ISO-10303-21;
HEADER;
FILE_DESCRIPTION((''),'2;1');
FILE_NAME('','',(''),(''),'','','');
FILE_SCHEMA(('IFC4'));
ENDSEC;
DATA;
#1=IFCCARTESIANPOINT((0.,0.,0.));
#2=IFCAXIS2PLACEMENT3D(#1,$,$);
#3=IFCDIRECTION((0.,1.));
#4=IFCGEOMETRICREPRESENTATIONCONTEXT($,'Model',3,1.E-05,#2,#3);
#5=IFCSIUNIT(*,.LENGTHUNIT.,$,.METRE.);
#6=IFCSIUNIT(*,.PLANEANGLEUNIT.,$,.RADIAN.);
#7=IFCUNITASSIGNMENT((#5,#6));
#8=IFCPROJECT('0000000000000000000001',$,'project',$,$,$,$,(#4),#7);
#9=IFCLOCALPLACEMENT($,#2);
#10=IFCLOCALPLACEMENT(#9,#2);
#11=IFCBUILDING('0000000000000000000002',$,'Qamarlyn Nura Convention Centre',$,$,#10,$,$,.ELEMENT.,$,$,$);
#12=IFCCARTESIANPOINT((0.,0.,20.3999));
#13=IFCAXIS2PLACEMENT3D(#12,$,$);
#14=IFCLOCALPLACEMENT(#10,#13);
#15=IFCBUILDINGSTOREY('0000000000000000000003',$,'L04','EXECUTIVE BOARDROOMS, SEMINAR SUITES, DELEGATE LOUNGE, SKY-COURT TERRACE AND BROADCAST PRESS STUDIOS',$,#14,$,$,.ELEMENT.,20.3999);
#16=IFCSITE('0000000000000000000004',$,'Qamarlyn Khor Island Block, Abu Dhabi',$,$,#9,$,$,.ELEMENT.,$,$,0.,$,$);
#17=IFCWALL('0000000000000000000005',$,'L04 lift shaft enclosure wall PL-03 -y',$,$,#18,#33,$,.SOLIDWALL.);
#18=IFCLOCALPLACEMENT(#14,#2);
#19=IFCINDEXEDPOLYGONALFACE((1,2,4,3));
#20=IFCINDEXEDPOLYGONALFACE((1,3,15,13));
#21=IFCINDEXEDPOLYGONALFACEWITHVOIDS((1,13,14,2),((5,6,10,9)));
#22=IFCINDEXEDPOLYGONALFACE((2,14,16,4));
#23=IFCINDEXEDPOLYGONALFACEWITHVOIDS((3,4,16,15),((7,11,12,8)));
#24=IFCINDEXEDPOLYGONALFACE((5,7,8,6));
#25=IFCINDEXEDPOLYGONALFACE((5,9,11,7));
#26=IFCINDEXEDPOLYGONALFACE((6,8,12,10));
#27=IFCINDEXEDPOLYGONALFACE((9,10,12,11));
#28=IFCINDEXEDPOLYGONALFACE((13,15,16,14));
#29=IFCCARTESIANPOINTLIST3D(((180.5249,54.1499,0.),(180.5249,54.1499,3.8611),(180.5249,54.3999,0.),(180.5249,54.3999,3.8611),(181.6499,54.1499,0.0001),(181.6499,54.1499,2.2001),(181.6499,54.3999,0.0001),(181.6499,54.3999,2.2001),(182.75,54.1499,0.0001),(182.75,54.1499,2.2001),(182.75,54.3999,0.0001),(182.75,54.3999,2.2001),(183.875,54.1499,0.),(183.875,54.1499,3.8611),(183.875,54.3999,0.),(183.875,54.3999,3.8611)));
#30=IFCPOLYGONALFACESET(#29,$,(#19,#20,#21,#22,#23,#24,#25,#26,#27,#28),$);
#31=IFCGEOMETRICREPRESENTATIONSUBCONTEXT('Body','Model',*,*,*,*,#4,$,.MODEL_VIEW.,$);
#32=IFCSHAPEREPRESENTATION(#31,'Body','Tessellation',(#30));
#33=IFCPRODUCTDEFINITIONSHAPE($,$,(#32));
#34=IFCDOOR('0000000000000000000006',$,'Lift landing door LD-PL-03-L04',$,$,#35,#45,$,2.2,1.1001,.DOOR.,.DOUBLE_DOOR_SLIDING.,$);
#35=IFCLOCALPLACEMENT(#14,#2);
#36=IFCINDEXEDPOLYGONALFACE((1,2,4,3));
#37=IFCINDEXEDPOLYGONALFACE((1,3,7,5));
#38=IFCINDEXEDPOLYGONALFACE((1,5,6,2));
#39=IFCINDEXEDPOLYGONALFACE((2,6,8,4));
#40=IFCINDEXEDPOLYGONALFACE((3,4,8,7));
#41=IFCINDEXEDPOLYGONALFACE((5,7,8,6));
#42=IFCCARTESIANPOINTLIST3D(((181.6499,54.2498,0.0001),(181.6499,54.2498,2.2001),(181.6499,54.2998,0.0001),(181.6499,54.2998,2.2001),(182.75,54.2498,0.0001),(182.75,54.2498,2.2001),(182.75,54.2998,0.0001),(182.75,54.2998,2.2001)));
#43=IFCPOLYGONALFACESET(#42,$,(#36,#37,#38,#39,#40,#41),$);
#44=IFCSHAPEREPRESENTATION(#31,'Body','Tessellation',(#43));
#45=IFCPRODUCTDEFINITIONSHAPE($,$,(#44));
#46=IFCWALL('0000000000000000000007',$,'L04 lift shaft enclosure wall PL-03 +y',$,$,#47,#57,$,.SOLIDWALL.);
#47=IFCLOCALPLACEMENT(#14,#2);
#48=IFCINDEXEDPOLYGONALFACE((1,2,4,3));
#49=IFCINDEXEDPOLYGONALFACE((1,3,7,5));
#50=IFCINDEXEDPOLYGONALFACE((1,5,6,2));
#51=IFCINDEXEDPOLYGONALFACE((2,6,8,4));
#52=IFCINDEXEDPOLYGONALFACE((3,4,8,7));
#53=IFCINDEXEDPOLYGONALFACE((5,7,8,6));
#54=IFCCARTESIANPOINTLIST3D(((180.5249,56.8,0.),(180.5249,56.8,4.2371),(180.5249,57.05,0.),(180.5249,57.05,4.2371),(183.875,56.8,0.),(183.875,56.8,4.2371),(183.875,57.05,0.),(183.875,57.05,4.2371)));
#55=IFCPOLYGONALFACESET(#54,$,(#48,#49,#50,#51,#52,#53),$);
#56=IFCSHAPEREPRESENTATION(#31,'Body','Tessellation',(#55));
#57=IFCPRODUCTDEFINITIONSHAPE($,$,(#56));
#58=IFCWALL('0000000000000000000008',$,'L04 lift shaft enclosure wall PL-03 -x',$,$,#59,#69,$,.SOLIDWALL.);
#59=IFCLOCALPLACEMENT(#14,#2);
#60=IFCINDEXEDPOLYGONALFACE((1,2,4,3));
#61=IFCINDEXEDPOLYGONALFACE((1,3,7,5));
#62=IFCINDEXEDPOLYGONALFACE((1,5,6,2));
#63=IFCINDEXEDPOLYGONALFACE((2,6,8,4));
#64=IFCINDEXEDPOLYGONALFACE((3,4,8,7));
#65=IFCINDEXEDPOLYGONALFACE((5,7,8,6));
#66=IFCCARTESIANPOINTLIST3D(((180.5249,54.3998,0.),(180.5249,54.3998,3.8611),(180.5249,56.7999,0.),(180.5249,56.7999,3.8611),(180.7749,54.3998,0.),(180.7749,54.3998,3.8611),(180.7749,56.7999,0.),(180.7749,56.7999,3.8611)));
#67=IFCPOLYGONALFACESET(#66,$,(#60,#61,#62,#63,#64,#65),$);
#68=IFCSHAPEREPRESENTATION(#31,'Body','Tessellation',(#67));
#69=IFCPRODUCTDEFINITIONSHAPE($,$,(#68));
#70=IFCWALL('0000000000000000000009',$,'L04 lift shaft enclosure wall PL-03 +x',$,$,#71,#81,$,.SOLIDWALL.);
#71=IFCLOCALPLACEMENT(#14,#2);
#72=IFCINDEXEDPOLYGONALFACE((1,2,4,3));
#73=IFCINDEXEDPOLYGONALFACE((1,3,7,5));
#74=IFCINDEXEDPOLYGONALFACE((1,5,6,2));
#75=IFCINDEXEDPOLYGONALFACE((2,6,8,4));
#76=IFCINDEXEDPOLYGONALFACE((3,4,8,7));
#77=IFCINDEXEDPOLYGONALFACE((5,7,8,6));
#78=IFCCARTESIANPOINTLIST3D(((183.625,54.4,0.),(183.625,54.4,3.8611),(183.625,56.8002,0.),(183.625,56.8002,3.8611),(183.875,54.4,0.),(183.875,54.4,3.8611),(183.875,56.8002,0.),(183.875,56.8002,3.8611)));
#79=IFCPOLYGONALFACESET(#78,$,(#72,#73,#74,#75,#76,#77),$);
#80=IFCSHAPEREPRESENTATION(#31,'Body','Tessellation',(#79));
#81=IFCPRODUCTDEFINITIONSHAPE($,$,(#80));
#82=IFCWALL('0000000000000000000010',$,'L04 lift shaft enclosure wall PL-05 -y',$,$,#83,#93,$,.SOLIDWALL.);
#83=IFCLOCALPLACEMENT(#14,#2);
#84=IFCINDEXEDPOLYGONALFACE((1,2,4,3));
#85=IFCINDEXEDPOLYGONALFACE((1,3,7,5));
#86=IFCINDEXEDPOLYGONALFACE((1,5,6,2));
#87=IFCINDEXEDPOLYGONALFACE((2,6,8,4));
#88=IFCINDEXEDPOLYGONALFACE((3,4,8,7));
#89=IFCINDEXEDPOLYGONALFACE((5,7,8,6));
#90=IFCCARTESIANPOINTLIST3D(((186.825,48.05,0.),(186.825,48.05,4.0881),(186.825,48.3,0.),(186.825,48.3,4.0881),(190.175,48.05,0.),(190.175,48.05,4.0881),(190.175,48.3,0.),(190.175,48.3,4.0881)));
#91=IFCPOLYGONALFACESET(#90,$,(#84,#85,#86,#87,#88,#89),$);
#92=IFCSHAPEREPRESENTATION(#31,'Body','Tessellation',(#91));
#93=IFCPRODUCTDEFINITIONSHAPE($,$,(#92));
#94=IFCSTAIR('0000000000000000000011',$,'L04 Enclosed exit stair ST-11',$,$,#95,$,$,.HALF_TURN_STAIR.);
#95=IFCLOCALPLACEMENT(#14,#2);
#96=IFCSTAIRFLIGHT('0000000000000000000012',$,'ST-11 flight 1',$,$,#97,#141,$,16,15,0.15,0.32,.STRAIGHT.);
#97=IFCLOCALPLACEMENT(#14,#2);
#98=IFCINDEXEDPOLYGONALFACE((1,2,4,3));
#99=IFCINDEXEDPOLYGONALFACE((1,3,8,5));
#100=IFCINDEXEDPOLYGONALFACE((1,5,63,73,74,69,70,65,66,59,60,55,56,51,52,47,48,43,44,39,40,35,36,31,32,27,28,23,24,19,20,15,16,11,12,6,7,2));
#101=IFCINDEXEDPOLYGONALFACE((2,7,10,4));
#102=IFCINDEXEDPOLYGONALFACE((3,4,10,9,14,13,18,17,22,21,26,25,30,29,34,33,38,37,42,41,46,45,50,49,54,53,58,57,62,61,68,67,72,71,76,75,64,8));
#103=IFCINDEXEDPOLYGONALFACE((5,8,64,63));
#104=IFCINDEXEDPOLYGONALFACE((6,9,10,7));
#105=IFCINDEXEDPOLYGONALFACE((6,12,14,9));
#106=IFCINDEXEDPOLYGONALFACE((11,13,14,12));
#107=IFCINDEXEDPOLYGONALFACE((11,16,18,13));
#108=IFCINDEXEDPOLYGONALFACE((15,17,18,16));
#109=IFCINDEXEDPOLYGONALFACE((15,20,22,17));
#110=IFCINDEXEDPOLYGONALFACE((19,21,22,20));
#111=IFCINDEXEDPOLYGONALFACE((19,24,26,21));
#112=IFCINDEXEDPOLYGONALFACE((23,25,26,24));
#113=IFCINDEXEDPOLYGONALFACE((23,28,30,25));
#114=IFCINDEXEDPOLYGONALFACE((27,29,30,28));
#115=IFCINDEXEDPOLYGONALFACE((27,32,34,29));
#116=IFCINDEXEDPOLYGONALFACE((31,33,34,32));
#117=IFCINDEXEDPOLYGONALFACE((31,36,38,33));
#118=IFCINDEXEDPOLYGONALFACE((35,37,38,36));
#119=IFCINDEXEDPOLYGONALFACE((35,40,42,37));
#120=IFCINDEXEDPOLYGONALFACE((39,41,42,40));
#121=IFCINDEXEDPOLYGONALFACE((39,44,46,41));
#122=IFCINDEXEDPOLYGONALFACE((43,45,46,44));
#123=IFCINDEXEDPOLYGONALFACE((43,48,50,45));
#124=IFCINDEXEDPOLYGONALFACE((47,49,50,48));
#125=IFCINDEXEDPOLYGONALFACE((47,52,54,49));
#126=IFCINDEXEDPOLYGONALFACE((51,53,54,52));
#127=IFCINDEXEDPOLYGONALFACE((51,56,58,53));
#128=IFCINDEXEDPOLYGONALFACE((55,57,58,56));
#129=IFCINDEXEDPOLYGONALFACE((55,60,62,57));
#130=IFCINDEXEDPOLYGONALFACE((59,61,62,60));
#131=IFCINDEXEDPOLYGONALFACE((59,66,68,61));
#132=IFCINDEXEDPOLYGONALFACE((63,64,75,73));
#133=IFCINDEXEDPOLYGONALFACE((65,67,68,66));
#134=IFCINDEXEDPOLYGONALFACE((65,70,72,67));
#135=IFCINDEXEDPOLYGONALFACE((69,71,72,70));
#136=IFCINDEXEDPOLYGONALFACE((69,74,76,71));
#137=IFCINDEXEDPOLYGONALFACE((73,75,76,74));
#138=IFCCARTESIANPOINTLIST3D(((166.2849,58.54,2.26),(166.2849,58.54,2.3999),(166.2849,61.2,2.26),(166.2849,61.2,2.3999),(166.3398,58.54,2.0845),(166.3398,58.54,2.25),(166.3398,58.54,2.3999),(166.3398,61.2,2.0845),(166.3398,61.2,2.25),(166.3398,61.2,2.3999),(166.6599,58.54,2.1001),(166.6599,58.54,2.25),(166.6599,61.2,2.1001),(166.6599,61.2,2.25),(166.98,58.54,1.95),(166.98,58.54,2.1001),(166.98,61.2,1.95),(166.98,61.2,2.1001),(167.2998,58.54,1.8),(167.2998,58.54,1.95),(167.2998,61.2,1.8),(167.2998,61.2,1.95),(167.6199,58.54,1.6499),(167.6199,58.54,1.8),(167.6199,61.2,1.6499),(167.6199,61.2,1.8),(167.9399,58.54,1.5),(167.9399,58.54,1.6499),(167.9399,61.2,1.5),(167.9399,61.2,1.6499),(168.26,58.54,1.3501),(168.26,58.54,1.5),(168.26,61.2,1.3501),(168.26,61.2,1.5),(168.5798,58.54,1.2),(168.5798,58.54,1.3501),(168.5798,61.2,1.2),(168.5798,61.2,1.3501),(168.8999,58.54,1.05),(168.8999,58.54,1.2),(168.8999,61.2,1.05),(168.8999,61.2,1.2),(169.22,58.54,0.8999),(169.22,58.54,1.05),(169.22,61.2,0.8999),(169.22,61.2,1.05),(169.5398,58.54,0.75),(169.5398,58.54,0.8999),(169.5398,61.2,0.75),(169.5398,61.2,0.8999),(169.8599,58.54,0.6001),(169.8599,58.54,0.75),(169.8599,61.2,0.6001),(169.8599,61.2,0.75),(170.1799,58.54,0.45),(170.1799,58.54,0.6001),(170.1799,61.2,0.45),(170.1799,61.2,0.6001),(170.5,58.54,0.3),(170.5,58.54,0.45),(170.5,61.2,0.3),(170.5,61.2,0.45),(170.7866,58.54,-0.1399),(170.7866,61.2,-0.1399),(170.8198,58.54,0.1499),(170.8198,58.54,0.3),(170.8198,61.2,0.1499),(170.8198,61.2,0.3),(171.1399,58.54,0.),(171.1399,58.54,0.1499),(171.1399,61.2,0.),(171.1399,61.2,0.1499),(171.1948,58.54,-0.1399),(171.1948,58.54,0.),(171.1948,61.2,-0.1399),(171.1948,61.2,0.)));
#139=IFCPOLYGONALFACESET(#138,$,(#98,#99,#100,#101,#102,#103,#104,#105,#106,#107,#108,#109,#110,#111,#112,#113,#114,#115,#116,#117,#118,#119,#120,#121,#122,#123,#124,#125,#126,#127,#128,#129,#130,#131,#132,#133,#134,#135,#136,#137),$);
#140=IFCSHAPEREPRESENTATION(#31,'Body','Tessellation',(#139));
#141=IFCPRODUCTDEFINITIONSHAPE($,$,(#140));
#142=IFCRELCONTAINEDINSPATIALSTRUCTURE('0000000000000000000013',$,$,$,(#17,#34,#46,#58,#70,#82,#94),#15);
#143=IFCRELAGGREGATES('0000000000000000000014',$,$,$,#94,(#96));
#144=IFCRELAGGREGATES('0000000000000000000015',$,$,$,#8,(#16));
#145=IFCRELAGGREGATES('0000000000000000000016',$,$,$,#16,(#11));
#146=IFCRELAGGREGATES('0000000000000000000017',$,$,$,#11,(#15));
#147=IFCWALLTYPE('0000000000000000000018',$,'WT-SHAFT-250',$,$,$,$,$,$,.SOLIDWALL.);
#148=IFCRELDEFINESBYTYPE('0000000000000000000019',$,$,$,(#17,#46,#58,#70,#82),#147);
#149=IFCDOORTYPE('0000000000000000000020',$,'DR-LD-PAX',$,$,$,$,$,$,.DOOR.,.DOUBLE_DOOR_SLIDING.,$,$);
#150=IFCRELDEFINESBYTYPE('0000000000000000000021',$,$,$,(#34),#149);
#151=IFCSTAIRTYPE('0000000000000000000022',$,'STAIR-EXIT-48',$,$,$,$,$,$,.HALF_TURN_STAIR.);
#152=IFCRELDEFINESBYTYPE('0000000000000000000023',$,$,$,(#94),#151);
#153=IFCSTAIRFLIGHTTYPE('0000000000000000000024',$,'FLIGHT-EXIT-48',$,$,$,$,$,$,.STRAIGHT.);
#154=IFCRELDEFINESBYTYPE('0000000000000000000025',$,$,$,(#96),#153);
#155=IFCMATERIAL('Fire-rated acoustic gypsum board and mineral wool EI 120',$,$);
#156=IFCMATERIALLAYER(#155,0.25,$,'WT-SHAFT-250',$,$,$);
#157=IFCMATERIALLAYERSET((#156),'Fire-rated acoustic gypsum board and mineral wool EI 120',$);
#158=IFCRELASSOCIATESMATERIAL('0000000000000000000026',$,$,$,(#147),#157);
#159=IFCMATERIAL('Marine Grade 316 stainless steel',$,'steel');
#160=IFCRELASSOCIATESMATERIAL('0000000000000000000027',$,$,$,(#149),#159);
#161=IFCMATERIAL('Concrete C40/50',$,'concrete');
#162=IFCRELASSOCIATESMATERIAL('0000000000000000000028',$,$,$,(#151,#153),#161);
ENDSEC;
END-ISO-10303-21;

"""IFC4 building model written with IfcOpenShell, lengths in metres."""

from ifc_helpers import new_model, si_unit, direction, frame, frame_2d, origin, place, context, subcontext, project, spatial, polyline, rectangle, outline, extrude, material, layer, layer_set, type_object, element, fill, aggregate, save


model = new_model("IFC4")

# Units and contexts
model_context = context("Model", 3, precision=1e-05, world=origin(), true_north=direction((0.0, 1.0)))
body_context = subcontext(model_context, "Body", "Model", "MODEL_VIEW")
ifc_project = project(units=[si_unit("LENGTHUNIT", "METRE"), si_unit("PLANEANGLEUNIT", "RADIAN")], contexts=[model_context])

# Site, building, storey
site_placement = place(None, origin())
site = spatial("IfcSite", under=ifc_project, at=site_placement, Name="Qamarlyn Khor Island Block, Abu Dhabi", CompositionType="ELEMENT", RefElevation=0.0)
building_placement = place(site_placement, origin())
building = spatial("IfcBuilding", under=site, at=building_placement, Name="Qamarlyn Nura Convention Centre", CompositionType="ELEMENT")
storey_placement = place(building_placement, frame((0.0, 0.0, 20.3999)))
storey = spatial("IfcBuildingStorey", under=building, at=storey_placement, Name="L04", Description="EXECUTIVE BOARDROOMS, SEMINAR SUITES, DELEGATE LOUNGE, SKY-COURT TERRACE AND BROADCAST PRESS STUDIOS", CompositionType="ELEMENT", Elevation=20.3999)

# Shared definitions
ifc_material_1 = material(Name="Fire-rated acoustic gypsum board and mineral wool EI 120")
ifc_layer_1 = layer(ifc_material_1, 0.25, Name="WT-SHAFT-250")
ifc_layer_set_1 = layer_set([ifc_layer_1], Name="Fire-rated acoustic gypsum board and mineral wool EI 120")
wall_type_1 = type_object("IfcWallType", Name="WT-SHAFT-250", PredefinedType="SOLIDWALL", material=ifc_layer_set_1)
ifc_material_2 = material(Name="Marine Grade 316 stainless steel", Category="steel")
door_type_1 = type_object("IfcDoorType", Name="DR-LD-PAX", OperationType="DOUBLE_DOOR_SLIDING", PredefinedType="DOOR", material=ifc_material_2)

# Wall, opening, door
wall_1_placement = place(storey_placement, frame((180.5249, 54.2749, 0.0), z_axis=(0.0, 0.0, 1.0), x_axis=(1.0, 0.0, 0.0)))
wall_1 = element("IfcWall", 1, at=wall_1_placement, inside=storey, type_object=wall_type_1, Name="L04 lift shaft enclosure wall PL-03 -y", PredefinedType="SOLIDWALL", context=body_context, shape_type="SweptSolid", body=[
    extrude(rectangle(XDim=3.3501, YDim=0.25, at=frame_2d((1.675, 0.0))), origin(), (0.0, 0.0, 1.0), 3.8611),
])
opening_1_placement = place(wall_1_placement, frame((1.125, 0.0, 0.0)))
opening_1 = element("IfcOpeningElement", 2, at=opening_1_placement, cuts=wall_1, PredefinedType="OPENING", context=body_context, shape_type="SweptSolid", body=[
    extrude(rectangle(XDim=1.1001, YDim=2.2, at=frame_2d((0.55, 1.1001))), frame((0.0, 0.135, 0.0), z_axis=(0.0, -1.0, 0.0), x_axis=(1.0, 0.0, 0.0)), (0.0, 0.0, 1.0), 0.27),
])
door_1_placement = place(opening_1_placement, origin())
door_1 = element("IfcDoor", 3, at=door_1_placement, inside=storey, type_object=door_type_1, Name="Lift landing door LD-PL-03-L04", OperationType="DOUBLE_DOOR_SLIDING", OverallHeight=2.2, OverallWidth=1.1001, PredefinedType="DOOR", context=body_context, shape_type="SweptSolid", body=[
    extrude(rectangle(XDim=1.1001, YDim=2.2, at=frame_2d((0.55, 1.1001))), frame((0.0, 0.0249, 0.0), z_axis=(0.0, -1.0, 0.0), x_axis=(1.0, 0.0, 0.0)), (0.0, 0.0, 1.0), 0.05),
])
fill(opening_1, door_1)

# Walls
wall_2_placement = place(storey_placement, frame((183.875, 56.925, 0.0), z_axis=(0.0, 0.0, 1.0), x_axis=(-1.0, 0.0, 0.0)))
element("IfcWall", 4, at=wall_2_placement, inside=storey, type_object=wall_type_1, Name="L04 lift shaft enclosure wall PL-03 +y", PredefinedType="SOLIDWALL", context=body_context, shape_type="SweptSolid", body=[
    extrude(rectangle(XDim=3.3501, YDim=0.25, at=frame_2d((1.675, 0.0))), origin(), (0.0, 0.0, 1.0), 4.2371),
])
for number, where, z_axis, x_axis, name in (
    (5, (180.6499, 56.8, 0.0), (0.0, 0.0, 1.0), (0.0, -1.0, 0.0), "L04 lift shaft enclosure wall PL-03 -x"),
    (6, (183.75, 54.3999, 0.0), (0.0, 0.0, 1.0), (0.0, 1.0, 0.0), "L04 lift shaft enclosure wall PL-03 +x"),
):
    element("IfcWall", number, at=place(storey_placement, frame(where, z_axis=z_axis, x_axis=x_axis)), inside=storey, type_object=wall_type_1, Name=name, PredefinedType="SOLIDWALL", context=body_context, shape_type="SweptSolid", body=[
        extrude(rectangle(XDim=2.4001, YDim=0.25, at=frame_2d((1.2002, 0.0))), origin(), (0.0, 0.0, 1.0), 3.8611),
    ])
wall_3_placement = place(storey_placement, frame((186.825, 48.175, 0.0), z_axis=(0.0, 0.0, 1.0), x_axis=(1.0, 0.0, 0.0)))
element("IfcWall", 7, at=wall_3_placement, inside=storey, type_object=wall_type_1, Name="L04 lift shaft enclosure wall PL-05 -y", PredefinedType="SOLIDWALL", context=body_context, shape_type="SweptSolid", body=[
    extrude(rectangle(XDim=3.3501, YDim=0.25, at=frame_2d((1.675, 0.0))), origin(), (0.0, 0.0, 1.0), 4.0881),
])

# Stair, stair flight
ifc_material_3 = material(Name="Concrete C40/50", Category="concrete")
stair_type = type_object("IfcStairType", Name="STAIR-EXIT-48", PredefinedType="HALF_TURN_STAIR", material=ifc_material_3)
stair_placement = place(storey_placement, origin())
stair = element("IfcStair", 8, at=stair_placement, inside=storey, type_object=stair_type, Name="L04 Enclosed exit stair ST-11", PredefinedType="HALF_TURN_STAIR")
stair_flight_type = type_object("IfcStairFlightType", Name="FLIGHT-EXIT-48", PredefinedType="STRAIGHT", material=ifc_material_3)
stair_flight_placement = place(storey_placement, frame((171.1399, 59.8701, 0.0), z_axis=(0.0, 0.0, 1.0), x_axis=(-1.0, 0.0, 0.0)))
stair_flight = element("IfcStairFlight", 9, at=stair_flight_placement, type_object=stair_flight_type, Name="ST-11 flight 1", NumberOfRisers=16, NumberOfTreads=15, PredefinedType="STRAIGHT", RiserHeight=0.15, TreadLength=0.32, context=body_context, shape_type="SweptSolid", body=[
    extrude(outline(polyline([(-0.0549, 0.0), (0.0, 0.0), (0.0, 0.1499), (0.3201, 0.1499), (0.3201, 0.3), (0.6399, 0.3), (0.6399, 0.45), (0.96, 0.45), (0.96, 0.6001), (1.28, 0.6001), (1.28, 0.75), (1.6001, 0.75), (1.6001, 0.8999), (1.9199, 0.8999), (1.9199, 1.05), (2.24, 1.05), (2.24, 1.2), (2.5601, 1.2), (2.5601, 1.3501), (2.8799, 1.3501), (2.8799, 1.5), (3.2, 1.5), (3.2, 1.6499), (3.52, 1.6499), (3.52, 1.8), (3.8401, 1.8), (3.8401, 1.95), (4.1599, 1.95), (4.1599, 2.1001), (4.48, 2.1001), (4.48, 2.25), (4.8, 2.25), (4.8, 2.3999), (4.855, 2.3999), (4.855, 2.26), (4.8, 2.0845), (0.3533, -0.1399), (-0.0549, -0.1399), (-0.0549, 0.0)])), frame((0.0, 1.3301, 0.0), z_axis=(0.0, -1.0, 0.0), x_axis=(1.0, 0.0, 0.0)), (0.0, 0.0, 1.0), 2.6599),
])
aggregate(stair, [stair_flight])

save(model, "model.ifc")
